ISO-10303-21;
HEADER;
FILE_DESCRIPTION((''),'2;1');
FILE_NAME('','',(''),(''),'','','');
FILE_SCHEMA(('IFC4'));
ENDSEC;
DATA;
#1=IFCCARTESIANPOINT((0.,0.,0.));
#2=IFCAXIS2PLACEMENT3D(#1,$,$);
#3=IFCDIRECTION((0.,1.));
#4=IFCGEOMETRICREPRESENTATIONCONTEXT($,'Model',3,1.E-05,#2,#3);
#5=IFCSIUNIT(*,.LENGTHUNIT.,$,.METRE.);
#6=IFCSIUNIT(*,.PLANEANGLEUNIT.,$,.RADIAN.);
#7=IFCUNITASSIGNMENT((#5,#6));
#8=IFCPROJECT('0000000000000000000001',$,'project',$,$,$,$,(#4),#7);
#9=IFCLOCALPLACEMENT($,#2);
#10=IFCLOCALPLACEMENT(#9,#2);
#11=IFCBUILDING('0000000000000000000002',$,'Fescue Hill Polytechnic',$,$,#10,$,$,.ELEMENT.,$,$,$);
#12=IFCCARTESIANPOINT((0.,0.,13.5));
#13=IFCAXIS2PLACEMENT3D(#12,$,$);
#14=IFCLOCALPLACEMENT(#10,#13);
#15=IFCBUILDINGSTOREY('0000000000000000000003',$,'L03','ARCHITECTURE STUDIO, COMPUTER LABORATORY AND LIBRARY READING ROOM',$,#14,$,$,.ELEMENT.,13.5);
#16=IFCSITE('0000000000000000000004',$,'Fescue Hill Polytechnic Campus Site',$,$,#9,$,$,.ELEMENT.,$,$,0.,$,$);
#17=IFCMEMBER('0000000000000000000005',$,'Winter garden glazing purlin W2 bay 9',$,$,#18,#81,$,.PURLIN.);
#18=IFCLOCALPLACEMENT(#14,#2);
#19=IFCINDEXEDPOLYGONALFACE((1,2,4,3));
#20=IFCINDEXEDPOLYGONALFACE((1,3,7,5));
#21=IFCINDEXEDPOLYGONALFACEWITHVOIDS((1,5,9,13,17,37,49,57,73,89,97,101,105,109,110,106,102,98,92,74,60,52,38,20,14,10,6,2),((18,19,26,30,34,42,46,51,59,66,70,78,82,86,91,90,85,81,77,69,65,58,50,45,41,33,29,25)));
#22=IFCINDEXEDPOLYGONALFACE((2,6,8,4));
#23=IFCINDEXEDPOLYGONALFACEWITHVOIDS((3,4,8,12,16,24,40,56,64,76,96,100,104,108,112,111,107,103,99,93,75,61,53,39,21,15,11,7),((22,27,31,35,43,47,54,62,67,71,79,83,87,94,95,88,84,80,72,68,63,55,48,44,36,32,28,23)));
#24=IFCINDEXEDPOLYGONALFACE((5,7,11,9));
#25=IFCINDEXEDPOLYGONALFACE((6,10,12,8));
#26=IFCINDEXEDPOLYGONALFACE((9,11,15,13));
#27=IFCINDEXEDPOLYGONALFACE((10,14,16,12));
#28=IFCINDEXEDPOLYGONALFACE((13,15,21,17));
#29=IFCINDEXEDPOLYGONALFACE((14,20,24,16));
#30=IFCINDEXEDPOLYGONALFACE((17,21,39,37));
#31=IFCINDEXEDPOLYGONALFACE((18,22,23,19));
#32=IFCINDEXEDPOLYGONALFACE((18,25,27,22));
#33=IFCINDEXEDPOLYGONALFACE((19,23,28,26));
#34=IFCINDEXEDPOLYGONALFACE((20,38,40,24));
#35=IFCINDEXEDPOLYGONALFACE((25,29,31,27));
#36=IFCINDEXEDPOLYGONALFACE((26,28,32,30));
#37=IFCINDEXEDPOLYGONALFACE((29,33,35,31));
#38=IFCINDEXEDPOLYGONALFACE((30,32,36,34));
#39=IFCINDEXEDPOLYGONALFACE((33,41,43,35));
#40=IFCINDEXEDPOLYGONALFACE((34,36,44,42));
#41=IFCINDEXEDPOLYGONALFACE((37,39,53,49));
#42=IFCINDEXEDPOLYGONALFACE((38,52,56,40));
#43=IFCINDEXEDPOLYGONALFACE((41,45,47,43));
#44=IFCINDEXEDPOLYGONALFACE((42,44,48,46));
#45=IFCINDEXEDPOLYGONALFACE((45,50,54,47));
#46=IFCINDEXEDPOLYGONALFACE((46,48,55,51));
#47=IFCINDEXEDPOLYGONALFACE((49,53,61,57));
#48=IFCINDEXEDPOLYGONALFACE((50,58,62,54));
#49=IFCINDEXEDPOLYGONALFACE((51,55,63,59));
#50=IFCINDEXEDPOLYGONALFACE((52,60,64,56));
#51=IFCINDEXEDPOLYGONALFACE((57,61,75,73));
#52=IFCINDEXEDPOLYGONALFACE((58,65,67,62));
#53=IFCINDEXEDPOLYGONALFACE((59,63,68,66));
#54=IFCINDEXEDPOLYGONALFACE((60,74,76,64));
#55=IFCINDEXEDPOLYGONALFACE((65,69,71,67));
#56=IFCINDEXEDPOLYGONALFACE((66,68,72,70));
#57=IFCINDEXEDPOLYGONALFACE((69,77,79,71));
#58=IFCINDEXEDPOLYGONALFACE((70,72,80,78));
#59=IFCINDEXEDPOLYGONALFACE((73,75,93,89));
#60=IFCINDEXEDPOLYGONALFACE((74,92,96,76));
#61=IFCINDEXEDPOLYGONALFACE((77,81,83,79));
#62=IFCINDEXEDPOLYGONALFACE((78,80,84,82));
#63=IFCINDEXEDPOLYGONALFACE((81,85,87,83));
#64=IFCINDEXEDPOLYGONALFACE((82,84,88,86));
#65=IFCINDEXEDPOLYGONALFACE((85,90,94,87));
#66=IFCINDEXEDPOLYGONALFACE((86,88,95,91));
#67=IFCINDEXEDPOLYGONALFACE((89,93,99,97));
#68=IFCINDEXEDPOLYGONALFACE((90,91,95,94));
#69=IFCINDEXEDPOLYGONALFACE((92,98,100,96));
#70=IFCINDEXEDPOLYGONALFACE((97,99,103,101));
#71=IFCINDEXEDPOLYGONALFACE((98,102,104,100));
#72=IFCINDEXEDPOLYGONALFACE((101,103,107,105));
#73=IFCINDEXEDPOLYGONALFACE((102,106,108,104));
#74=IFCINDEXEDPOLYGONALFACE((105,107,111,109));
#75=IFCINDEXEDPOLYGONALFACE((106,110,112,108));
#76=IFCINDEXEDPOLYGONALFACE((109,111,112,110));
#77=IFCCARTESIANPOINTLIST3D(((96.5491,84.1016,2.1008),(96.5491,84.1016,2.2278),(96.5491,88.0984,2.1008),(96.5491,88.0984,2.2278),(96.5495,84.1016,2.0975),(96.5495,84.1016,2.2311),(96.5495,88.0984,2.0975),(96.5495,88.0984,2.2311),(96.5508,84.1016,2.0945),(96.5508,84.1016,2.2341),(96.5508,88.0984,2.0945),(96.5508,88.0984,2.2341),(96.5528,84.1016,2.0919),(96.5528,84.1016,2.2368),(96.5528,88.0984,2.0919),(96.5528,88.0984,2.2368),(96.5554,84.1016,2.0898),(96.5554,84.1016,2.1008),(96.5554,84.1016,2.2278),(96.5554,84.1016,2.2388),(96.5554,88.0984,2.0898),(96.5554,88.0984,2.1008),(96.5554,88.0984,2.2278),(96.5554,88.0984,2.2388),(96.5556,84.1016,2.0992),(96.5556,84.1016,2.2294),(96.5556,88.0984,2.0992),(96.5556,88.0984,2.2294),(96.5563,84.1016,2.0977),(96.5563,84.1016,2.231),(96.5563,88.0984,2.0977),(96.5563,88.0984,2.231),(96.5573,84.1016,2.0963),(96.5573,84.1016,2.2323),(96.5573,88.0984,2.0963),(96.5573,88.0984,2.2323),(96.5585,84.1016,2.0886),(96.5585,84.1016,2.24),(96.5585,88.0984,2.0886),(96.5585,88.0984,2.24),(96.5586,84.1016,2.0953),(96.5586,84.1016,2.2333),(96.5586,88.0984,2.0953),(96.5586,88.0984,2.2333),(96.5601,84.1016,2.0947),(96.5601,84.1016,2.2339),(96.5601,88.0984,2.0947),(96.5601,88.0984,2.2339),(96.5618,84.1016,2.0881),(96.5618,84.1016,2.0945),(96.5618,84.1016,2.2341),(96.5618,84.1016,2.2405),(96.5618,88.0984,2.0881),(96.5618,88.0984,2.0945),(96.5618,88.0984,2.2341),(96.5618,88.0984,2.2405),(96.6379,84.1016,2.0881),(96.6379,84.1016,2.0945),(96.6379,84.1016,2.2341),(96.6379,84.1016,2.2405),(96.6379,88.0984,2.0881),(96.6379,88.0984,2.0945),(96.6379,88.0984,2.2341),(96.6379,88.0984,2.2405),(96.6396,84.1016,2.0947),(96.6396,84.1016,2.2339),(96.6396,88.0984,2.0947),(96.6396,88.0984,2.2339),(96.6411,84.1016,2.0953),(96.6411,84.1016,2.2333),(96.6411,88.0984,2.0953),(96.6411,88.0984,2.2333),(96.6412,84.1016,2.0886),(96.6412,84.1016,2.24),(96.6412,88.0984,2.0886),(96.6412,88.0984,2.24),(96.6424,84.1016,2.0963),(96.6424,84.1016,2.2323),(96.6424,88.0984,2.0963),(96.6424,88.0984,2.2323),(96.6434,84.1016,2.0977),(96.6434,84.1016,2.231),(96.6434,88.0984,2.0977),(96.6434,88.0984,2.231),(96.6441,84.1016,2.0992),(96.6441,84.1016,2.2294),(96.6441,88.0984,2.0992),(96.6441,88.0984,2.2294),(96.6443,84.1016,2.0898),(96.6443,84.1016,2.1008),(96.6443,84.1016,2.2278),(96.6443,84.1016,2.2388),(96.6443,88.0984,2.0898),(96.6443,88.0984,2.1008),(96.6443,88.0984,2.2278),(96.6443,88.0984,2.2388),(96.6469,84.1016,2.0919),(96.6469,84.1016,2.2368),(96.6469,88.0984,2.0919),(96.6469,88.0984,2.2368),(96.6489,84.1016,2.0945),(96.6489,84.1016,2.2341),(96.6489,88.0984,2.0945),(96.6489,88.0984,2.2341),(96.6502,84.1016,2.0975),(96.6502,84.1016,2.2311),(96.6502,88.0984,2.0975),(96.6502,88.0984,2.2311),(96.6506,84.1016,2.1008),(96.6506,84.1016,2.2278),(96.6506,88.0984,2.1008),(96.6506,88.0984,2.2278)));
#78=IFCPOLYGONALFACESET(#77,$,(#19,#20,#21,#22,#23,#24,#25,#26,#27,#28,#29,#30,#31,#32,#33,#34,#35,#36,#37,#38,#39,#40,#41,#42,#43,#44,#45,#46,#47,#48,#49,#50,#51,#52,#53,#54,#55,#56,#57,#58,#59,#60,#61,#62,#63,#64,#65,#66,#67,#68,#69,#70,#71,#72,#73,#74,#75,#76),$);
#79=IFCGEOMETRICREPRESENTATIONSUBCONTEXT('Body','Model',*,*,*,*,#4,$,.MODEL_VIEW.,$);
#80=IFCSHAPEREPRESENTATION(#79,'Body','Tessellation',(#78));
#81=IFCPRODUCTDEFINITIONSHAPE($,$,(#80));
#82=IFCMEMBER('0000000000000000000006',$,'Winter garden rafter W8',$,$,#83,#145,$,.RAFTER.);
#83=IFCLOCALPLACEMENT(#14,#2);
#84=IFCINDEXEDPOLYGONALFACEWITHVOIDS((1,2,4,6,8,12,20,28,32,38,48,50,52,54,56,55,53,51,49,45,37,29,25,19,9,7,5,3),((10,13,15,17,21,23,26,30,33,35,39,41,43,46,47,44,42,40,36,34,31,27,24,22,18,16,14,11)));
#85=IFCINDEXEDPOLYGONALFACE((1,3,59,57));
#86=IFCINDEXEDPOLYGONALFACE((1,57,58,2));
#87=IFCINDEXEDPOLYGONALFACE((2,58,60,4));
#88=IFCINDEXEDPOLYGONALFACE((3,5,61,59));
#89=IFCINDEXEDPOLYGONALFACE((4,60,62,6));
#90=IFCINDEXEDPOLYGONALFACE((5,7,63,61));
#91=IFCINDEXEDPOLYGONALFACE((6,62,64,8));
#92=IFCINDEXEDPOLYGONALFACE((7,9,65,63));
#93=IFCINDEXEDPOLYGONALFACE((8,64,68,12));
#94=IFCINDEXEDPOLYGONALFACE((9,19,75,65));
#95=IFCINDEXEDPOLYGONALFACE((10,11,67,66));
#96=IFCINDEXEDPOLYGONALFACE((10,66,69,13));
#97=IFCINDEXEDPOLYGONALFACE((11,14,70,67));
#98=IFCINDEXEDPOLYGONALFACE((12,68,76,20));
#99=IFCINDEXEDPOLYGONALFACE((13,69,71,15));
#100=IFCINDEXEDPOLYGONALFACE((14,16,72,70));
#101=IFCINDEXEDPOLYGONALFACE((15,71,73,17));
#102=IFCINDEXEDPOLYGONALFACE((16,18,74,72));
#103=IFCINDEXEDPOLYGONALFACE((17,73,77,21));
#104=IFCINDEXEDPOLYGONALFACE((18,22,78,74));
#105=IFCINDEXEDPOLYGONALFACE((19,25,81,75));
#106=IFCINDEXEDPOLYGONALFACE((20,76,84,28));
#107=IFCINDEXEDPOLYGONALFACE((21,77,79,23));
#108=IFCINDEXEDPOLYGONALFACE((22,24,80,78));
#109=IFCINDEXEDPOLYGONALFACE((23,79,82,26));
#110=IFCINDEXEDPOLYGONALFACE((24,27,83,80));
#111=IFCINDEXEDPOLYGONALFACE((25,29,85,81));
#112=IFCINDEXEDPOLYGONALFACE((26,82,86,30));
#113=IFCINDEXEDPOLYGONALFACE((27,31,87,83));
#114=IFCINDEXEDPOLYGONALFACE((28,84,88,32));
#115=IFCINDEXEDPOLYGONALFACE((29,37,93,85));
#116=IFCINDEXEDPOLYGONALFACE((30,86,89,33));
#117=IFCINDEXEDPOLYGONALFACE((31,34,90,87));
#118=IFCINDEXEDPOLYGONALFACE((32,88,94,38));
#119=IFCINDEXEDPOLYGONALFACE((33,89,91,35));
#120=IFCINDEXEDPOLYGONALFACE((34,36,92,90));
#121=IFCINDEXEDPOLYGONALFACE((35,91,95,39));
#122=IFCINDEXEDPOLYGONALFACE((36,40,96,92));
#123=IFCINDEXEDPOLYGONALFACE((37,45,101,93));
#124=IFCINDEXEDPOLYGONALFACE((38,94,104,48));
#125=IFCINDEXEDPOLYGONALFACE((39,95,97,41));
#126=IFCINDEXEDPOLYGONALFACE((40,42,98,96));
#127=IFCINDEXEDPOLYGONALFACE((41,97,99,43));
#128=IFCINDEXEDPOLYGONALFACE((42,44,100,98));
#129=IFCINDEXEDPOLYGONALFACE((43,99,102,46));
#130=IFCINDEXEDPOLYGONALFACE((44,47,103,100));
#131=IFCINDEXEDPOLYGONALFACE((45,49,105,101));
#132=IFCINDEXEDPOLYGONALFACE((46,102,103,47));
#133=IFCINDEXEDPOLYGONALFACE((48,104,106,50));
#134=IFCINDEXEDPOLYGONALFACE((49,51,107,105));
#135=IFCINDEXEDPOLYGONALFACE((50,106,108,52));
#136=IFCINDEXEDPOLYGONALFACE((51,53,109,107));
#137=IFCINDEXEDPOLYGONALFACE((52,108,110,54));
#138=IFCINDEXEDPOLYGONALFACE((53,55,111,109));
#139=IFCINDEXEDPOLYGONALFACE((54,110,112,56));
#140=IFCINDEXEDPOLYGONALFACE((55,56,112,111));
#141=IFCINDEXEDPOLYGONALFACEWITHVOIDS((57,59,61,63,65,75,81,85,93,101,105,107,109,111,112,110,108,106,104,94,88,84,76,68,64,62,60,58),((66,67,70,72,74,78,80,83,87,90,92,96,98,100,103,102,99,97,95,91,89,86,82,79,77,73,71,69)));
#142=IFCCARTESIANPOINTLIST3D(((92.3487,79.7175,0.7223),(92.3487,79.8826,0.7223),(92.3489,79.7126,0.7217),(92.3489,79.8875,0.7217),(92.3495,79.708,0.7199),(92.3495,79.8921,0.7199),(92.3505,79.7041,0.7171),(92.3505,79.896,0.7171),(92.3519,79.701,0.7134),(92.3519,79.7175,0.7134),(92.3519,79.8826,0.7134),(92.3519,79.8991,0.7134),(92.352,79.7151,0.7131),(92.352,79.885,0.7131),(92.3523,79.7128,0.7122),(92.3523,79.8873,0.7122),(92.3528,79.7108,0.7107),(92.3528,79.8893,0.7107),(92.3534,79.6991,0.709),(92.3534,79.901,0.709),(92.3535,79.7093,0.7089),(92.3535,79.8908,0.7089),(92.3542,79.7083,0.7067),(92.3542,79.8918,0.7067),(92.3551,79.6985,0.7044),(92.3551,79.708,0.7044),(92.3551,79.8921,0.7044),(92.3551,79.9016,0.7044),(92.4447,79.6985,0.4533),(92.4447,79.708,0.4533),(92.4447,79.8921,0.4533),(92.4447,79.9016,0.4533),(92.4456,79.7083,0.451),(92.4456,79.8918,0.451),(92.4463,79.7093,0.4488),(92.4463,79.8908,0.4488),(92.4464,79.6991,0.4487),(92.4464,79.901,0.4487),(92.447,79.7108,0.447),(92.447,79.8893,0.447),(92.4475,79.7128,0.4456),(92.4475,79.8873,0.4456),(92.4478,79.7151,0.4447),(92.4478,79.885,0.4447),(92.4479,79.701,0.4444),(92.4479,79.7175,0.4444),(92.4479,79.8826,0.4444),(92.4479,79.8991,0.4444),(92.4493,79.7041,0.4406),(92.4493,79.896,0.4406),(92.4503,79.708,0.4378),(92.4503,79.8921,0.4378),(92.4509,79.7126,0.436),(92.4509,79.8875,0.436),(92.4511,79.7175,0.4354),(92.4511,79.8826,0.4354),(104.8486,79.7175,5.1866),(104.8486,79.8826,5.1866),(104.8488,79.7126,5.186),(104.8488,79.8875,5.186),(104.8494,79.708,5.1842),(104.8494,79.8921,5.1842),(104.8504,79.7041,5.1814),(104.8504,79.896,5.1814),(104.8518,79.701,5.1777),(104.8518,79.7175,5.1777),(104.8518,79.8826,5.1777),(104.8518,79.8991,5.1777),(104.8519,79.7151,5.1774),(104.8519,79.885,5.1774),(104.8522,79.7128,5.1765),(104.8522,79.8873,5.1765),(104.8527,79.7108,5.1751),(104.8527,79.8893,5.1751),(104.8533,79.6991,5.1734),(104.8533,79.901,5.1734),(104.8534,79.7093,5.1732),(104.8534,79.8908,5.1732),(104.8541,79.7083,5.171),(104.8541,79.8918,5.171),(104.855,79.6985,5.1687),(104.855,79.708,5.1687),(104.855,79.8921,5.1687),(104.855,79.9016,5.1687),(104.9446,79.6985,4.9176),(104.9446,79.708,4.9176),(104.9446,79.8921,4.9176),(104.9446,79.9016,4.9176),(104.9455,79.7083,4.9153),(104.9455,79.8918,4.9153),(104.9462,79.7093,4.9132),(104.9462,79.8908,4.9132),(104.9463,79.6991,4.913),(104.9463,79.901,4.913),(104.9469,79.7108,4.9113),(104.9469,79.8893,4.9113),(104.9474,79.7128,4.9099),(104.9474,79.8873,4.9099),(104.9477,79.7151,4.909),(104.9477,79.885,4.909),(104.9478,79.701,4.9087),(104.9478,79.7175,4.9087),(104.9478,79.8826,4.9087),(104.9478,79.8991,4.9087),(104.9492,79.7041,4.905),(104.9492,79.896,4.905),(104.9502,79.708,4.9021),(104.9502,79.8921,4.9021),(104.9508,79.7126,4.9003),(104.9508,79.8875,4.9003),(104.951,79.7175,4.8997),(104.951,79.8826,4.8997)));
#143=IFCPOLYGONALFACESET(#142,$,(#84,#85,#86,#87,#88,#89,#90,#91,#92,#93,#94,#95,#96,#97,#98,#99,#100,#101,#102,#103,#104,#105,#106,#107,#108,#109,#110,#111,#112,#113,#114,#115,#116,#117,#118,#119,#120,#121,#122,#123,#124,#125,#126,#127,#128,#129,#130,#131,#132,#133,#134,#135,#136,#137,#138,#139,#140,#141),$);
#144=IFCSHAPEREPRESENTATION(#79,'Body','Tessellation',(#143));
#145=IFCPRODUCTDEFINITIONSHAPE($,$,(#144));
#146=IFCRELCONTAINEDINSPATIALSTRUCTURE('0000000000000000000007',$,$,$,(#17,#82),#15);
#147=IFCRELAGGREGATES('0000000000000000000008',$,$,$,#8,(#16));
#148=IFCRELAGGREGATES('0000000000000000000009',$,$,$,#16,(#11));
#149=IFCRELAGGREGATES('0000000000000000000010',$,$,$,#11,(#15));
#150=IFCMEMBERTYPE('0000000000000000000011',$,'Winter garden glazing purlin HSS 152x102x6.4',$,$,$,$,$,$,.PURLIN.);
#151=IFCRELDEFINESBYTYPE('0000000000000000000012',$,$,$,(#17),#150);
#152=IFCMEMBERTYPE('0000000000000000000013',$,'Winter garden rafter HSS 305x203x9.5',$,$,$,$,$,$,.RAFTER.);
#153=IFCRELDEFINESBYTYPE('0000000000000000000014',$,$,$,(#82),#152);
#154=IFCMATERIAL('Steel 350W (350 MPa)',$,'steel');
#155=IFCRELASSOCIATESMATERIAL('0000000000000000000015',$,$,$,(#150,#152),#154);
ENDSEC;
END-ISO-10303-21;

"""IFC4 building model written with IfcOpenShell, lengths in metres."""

from ifc_helpers import new_model, si_unit, direction, frame, origin, origin_2d, place, context, subcontext, project, spatial, hollow_rectangle, extrude, material, material_profile, profile_set, type_object, element, save


model = new_model("IFC4")

# Units and contexts
model_context = context("Model", 3, precision=1e-05, world=origin(), true_north=direction((0.0, 1.0)))
body_context = subcontext(model_context, "Body", "Model", "MODEL_VIEW")
ifc_project = project(units=[si_unit("LENGTHUNIT", "METRE"), si_unit("PLANEANGLEUNIT", "RADIAN")], contexts=[model_context])

# Site, building, storey
site_placement = place(None, origin())
site = spatial("IfcSite", under=ifc_project, at=site_placement, Name="Fescue Hill Polytechnic Campus Site", CompositionType="ELEMENT", RefElevation=0.0)
building_placement = place(site_placement, origin())
building = spatial("IfcBuilding", under=site, at=building_placement, Name="Fescue Hill Polytechnic", CompositionType="ELEMENT")
storey_placement = place(building_placement, frame((0.0, 0.0, 13.5)))
storey = spatial("IfcBuildingStorey", under=building, at=storey_placement, Name="L03", Description="ARCHITECTURE STUDIO, COMPUTER LABORATORY AND LIBRARY READING ROOM", CompositionType="ELEMENT", Elevation=13.5)

# Members
ifc_material_1 = material(Name="Steel 350W (350 MPa)", Category="steel")
ifc_material_profile_1 = material_profile(ifc_material_1, hollow_rectangle(XDim=0.1016, YDim=0.1523, WallThickness=0.0063, InnerFilletRadius=0.0063, OuterFilletRadius=0.0127, at=origin_2d()), Name="Winter garden glazing purlin HSS 152x102x6.4")
ifc_profile_set_1 = profile_set([ifc_material_profile_1], Name="Steel 350W (350 MPa)")
member_type_1 = type_object("IfcMemberType", Name="Winter garden glazing purlin HSS 152x102x6.4", PredefinedType="PURLIN", material=ifc_profile_set_1)
for number, where, z_axis, x_axis, name in (
    (1, (96.5999, 84.1016, 2.1643), (0.0, 1.0, 0.0), (-1.0, 0.0, 0.0), "Winter garden glazing purlin W2 bay 9"),
):
    element("IfcMember", number, at=place(storey_placement, frame(where, z_axis=z_axis, x_axis=x_axis)), inside=storey, type_object=member_type_1, Name=name, PredefinedType="PURLIN", context=body_context, shape_type="SweptSolid", body=[
        extrude(hollow_rectangle(XDim=0.1016, YDim=0.1523, WallThickness=0.0063, InnerFilletRadius=0.0063, OuterFilletRadius=0.0127, at=origin_2d()), origin(), (0.0, 0.0, 1.0), 3.9968),
    ])
ifc_material_profile_2 = material_profile(ifc_material_1, hollow_rectangle(XDim=0.2031, YDim=0.3047, WallThickness=0.0095, InnerFilletRadius=0.0095, OuterFilletRadius=0.019, at=origin_2d()), Name="Winter garden rafter HSS 305x203x9.5")
ifc_profile_set_2 = profile_set([ifc_material_profile_2], Name="Steel 350W (350 MPa)")
member_type_2 = type_object("IfcMemberType", Name="Winter garden rafter HSS 305x203x9.5", PredefinedType="RAFTER", material=ifc_profile_set_2)
for number, where, z_axis, x_axis, name in (
    (2, (92.3999, 79.8, 0.5789), (0.94174, 0.0, 0.336341), (0.0, 1.0, 0.0), "Winter garden rafter W8"),
):
    element("IfcMember", number, at=place(storey_placement, frame(where, z_axis=z_axis, x_axis=x_axis)), inside=storey, type_object=member_type_2, Name=name, PredefinedType="RAFTER", context=body_context, shape_type="SweptSolid", body=[
        extrude(hollow_rectangle(XDim=0.2031, YDim=0.3047, WallThickness=0.0095, InnerFilletRadius=0.0095, OuterFilletRadius=0.019, at=origin_2d()), origin(), (0.0, 0.0, 1.0), 13.2732),
    ])

save(model, "model.ifc")
